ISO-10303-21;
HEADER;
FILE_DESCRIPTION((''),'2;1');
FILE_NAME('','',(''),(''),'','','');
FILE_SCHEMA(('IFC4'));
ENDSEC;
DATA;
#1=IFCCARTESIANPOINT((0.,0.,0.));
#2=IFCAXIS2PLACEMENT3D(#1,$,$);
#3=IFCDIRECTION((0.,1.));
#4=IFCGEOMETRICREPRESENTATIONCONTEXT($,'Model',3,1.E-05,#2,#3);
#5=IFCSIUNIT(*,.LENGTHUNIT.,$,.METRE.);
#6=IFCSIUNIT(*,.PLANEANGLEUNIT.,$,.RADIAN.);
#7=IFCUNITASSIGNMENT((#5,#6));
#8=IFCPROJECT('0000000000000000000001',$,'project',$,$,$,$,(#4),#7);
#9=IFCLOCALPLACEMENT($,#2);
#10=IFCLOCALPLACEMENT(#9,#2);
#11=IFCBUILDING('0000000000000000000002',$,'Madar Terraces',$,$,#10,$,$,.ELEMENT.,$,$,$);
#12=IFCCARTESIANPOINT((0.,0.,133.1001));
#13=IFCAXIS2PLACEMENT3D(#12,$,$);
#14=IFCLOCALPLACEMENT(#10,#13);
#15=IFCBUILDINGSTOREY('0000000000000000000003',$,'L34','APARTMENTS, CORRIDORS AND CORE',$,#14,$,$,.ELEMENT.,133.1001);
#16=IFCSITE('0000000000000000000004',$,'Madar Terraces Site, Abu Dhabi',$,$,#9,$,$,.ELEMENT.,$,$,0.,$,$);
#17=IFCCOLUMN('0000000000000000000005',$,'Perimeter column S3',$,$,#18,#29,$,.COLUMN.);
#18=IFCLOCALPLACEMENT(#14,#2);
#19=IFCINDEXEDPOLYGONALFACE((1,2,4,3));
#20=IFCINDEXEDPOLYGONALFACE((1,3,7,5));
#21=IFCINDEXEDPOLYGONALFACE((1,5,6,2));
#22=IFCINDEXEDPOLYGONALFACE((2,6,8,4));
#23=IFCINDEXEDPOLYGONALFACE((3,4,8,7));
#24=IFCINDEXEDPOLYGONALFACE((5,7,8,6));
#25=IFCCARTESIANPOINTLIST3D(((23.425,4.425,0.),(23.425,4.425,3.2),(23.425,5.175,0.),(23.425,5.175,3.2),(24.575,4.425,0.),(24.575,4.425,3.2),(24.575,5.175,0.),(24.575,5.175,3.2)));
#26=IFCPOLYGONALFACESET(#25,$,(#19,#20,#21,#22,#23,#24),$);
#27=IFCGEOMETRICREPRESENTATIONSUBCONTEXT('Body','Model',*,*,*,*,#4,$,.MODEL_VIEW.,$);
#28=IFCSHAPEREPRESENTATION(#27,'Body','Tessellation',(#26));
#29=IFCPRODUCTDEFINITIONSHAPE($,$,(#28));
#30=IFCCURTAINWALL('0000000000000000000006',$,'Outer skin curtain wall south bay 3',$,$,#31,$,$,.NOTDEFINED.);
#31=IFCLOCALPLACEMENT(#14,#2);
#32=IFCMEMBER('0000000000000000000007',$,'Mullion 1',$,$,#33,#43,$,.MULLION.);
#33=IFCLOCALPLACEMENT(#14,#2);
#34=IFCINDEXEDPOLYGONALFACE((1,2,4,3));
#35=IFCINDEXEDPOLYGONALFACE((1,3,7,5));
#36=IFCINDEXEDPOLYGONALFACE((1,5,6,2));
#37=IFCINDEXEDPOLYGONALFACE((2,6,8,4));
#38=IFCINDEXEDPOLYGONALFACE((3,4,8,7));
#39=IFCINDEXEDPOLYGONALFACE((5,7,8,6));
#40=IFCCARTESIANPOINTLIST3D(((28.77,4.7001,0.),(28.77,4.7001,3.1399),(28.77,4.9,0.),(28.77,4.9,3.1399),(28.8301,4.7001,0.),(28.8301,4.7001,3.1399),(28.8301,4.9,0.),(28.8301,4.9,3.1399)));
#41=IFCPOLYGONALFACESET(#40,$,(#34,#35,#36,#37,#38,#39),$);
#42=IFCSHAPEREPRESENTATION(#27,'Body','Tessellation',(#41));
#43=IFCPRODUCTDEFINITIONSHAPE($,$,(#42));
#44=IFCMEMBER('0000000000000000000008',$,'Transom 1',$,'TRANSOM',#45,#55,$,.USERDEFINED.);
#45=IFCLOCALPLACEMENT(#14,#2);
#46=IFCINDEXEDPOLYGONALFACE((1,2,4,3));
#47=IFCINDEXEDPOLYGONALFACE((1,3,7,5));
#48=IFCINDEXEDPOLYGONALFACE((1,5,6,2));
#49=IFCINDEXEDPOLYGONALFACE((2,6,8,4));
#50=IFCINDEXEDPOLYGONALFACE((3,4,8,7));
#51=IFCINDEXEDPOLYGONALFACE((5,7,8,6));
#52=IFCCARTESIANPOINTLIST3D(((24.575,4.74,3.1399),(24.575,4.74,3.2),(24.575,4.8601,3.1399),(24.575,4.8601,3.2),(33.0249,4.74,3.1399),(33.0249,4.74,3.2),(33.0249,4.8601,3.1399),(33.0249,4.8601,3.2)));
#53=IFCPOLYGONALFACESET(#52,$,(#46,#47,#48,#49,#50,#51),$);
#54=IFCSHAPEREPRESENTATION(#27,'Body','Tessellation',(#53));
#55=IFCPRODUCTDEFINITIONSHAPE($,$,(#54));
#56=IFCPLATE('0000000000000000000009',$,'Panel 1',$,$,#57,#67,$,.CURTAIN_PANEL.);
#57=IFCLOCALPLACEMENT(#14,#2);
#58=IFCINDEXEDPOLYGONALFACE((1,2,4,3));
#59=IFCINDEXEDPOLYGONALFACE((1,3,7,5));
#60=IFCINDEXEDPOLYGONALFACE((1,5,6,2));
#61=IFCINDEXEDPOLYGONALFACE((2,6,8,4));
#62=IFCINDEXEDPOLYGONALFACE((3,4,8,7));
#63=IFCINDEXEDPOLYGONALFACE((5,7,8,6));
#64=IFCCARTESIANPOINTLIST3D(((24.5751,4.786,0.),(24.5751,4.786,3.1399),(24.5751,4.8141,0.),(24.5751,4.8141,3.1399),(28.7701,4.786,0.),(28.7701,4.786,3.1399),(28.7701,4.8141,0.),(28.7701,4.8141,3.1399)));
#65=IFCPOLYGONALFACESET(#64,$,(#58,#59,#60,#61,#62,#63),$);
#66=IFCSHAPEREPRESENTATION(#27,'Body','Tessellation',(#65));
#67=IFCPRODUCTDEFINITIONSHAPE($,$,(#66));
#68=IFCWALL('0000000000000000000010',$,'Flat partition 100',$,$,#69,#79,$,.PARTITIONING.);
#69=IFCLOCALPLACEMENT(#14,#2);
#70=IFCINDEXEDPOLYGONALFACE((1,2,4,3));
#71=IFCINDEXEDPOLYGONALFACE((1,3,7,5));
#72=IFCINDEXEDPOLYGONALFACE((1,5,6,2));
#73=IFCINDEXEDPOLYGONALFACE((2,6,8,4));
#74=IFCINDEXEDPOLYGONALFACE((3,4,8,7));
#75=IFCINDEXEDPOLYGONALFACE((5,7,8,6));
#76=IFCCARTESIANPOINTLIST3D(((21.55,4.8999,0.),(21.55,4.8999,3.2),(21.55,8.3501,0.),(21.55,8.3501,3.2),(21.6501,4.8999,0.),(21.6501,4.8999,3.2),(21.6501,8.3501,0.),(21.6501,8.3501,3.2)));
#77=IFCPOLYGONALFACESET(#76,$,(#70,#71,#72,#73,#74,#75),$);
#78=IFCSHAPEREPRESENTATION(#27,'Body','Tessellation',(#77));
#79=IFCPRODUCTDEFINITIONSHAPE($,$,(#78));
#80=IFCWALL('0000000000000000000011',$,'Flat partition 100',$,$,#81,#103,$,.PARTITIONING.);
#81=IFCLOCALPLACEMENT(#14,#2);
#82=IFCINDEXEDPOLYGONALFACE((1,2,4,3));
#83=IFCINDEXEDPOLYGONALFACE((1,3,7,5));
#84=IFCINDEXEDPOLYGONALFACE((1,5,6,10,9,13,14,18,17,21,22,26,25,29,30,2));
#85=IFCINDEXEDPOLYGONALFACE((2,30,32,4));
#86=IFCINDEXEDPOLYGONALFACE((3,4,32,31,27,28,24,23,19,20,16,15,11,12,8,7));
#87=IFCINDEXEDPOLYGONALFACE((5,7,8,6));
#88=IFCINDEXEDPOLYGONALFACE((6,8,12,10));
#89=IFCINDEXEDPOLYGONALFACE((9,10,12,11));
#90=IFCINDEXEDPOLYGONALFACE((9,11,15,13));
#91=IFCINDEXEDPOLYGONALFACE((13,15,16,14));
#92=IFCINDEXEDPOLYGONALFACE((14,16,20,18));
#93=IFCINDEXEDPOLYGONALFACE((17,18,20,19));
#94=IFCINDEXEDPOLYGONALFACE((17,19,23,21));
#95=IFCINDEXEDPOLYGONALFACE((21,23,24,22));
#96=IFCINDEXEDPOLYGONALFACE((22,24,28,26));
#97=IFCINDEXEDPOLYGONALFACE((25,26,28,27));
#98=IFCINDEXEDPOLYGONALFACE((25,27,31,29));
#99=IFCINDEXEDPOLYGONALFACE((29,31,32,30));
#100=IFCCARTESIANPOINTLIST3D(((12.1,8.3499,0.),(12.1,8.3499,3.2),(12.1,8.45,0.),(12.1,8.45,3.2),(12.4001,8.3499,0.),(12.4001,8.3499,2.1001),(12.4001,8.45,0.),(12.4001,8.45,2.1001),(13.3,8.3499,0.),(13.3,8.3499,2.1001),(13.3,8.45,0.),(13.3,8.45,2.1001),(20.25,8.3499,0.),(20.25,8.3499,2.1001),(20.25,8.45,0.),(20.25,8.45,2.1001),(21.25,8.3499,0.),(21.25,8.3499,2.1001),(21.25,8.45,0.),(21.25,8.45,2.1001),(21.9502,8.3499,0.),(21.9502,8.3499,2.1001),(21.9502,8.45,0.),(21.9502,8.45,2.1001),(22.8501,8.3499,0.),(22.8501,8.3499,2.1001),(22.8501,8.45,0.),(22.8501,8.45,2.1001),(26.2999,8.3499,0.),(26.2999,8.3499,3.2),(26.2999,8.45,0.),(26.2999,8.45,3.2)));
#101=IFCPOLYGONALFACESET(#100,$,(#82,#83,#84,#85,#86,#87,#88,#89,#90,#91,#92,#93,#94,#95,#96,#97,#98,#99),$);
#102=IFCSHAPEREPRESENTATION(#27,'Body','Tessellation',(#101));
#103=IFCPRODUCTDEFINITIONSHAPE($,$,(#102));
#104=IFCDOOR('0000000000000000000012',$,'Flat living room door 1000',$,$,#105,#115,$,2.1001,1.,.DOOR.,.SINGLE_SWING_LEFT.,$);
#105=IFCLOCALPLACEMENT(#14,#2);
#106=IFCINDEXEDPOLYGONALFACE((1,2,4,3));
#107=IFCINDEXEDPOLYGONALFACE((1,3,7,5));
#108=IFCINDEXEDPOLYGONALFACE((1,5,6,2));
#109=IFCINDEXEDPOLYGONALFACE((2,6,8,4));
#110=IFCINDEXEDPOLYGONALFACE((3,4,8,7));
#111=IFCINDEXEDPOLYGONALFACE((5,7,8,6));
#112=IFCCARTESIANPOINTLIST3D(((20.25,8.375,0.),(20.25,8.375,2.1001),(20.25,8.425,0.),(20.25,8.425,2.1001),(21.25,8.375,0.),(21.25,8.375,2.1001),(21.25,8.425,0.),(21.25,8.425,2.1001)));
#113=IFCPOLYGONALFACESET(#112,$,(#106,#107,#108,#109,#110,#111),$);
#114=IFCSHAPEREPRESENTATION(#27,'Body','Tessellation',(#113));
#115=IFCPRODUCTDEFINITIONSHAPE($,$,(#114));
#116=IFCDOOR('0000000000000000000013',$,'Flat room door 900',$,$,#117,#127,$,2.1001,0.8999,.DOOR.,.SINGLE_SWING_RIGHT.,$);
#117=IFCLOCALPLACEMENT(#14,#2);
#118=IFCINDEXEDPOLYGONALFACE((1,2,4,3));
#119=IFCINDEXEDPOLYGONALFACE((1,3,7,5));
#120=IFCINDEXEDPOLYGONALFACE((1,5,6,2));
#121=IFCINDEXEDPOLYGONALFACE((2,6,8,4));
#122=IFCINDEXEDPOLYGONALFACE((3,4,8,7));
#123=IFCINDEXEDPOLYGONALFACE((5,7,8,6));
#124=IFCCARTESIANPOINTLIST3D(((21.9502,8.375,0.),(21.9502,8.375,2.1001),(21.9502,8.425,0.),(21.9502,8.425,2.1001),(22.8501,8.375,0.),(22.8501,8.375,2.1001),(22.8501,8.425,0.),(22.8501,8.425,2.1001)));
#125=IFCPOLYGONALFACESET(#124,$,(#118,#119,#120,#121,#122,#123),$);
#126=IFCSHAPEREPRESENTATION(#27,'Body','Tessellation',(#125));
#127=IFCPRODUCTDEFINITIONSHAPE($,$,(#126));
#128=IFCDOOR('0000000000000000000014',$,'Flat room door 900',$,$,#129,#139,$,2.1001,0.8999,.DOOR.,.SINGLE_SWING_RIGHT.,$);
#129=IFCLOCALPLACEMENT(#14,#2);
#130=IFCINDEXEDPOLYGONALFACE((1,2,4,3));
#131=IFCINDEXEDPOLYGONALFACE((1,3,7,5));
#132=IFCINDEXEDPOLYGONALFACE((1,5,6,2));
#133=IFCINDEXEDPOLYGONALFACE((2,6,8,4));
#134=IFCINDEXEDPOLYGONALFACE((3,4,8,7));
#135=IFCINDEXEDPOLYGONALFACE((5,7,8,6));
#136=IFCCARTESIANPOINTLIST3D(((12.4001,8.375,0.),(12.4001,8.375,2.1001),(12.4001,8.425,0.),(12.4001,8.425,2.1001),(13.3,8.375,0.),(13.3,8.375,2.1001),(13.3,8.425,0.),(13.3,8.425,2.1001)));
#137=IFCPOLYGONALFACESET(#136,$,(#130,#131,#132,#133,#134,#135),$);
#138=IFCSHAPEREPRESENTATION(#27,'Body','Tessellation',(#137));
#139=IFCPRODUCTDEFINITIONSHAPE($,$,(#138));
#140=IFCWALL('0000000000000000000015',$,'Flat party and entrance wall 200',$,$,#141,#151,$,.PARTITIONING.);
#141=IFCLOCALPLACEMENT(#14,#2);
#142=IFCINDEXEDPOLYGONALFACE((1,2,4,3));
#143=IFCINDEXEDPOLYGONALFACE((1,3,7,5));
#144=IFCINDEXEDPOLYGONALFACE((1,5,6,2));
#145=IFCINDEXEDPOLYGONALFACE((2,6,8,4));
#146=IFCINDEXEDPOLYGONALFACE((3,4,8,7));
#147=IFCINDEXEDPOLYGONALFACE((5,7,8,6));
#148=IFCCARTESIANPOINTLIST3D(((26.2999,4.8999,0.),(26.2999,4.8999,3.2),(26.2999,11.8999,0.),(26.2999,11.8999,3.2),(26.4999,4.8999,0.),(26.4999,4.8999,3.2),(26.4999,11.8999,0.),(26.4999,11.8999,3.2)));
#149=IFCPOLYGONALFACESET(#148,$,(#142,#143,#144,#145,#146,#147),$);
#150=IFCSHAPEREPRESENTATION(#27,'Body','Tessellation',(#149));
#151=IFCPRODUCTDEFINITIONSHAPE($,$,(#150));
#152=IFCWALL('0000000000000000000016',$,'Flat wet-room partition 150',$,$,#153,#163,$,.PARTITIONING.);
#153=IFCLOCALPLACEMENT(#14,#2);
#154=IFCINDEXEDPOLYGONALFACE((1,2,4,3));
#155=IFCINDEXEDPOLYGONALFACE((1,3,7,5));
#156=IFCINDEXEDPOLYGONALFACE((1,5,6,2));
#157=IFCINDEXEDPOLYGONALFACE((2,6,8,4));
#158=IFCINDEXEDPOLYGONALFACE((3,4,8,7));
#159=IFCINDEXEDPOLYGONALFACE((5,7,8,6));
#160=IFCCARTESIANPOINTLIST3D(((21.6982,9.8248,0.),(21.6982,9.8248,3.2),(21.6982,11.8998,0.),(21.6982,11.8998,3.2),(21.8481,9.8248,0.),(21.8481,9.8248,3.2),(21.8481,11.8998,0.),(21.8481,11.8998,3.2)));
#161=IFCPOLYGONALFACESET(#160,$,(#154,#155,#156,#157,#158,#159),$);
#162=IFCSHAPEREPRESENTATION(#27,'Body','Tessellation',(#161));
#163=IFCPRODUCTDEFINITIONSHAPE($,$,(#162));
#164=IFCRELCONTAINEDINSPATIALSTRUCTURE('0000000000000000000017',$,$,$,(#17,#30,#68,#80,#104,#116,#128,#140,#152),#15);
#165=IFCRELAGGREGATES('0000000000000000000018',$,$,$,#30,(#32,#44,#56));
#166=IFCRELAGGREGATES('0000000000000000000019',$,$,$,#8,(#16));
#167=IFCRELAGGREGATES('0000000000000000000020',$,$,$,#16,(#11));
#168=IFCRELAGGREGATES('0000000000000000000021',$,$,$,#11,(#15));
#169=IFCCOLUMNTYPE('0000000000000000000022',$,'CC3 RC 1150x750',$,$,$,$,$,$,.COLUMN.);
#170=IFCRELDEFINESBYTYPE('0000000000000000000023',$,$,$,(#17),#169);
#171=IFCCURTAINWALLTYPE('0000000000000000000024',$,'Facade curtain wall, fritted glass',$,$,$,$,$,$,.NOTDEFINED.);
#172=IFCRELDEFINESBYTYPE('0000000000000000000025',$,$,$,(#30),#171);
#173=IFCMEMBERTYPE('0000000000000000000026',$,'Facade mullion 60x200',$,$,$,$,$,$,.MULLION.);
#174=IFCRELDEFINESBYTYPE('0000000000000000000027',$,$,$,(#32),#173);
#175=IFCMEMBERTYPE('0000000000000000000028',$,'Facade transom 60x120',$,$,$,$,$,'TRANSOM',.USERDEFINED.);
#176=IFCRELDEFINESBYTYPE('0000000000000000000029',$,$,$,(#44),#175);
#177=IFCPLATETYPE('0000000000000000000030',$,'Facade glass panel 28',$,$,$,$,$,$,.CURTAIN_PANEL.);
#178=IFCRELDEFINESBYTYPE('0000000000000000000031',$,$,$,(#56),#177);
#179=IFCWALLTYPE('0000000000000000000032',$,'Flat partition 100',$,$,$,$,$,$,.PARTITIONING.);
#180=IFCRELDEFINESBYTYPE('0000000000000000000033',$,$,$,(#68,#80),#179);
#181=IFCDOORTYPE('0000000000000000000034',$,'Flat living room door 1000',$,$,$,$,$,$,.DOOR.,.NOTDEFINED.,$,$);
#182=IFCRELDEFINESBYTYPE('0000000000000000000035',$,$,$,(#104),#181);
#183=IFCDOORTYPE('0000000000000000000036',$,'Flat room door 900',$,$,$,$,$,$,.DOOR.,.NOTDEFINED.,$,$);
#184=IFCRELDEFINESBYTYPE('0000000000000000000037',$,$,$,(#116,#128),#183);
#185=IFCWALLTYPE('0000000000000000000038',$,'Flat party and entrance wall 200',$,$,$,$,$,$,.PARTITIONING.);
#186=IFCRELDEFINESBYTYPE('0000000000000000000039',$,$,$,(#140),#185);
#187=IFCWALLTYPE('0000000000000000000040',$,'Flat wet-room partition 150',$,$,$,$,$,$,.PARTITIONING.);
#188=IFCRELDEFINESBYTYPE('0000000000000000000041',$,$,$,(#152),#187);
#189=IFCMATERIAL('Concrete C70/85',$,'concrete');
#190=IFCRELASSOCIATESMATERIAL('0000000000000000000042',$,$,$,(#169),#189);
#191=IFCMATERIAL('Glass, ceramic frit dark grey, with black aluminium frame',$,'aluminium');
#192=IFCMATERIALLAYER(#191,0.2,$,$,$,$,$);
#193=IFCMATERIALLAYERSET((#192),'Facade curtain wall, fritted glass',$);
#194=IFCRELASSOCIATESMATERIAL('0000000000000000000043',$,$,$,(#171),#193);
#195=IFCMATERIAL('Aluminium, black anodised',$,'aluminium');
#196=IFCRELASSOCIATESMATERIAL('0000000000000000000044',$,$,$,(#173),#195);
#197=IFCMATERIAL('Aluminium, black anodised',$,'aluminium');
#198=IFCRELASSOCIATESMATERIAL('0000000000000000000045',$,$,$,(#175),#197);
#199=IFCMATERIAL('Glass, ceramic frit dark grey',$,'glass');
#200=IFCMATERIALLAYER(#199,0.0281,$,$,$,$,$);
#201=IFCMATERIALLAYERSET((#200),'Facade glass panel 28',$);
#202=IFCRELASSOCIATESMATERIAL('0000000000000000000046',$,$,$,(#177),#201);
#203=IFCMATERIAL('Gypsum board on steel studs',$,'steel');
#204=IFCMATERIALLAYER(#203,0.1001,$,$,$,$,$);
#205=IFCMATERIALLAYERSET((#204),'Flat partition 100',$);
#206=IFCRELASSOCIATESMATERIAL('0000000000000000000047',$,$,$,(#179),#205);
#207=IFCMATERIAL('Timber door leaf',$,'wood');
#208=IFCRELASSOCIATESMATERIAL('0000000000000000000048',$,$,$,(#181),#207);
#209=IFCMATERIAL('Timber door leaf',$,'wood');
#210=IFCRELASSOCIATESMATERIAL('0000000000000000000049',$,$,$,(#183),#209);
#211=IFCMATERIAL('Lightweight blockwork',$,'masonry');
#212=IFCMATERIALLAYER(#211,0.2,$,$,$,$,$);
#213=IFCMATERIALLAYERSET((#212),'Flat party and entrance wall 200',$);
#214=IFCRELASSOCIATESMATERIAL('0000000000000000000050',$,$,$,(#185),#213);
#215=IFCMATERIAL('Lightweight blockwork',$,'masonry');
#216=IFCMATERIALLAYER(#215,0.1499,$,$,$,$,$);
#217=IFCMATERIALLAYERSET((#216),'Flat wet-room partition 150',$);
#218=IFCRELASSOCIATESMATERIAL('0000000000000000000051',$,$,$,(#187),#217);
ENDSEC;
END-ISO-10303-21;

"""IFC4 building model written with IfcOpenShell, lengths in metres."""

from ifc_helpers import new_model, si_unit, direction, frame, frame_2d, origin, origin_2d, place, context, subcontext, project, spatial, rectangle, extrude, material, layer, layer_set, material_profile, profile_set, type_object, element, fill, aggregate, save


model = new_model("IFC4")

# Units and contexts
model_context = context("Model", 3, precision=1e-05, world=origin(), true_north=direction((0.0, 1.0)))
body_context = subcontext(model_context, "Body", "Model", "MODEL_VIEW")
ifc_project = project(units=[si_unit("LENGTHUNIT", "METRE"), si_unit("PLANEANGLEUNIT", "RADIAN")], contexts=[model_context])

# Site, building, storey
site_placement = place(None, origin())
site = spatial("IfcSite", under=ifc_project, at=site_placement, Name="Madar Terraces Site, Abu Dhabi", CompositionType="ELEMENT", RefElevation=0.0)
building_placement = place(site_placement, origin())
building = spatial("IfcBuilding", under=site, at=building_placement, Name="Madar Terraces", CompositionType="ELEMENT")
storey_placement = place(building_placement, frame((0.0, 0.0, 133.1001)))
storey = spatial("IfcBuildingStorey", under=building, at=storey_placement, Name="L34", Description="APARTMENTS, CORRIDORS AND CORE", CompositionType="ELEMENT", Elevation=133.1001)

# Column
ifc_material_1 = material(Name="Concrete C70/85", Category="concrete")
ifc_material_profile_1 = material_profile(ifc_material_1, rectangle(XDim=1.1499, YDim=0.75, at=origin_2d()), Name="CC3 RC 1150x750")
ifc_profile_set_1 = profile_set([ifc_material_profile_1], Name="Concrete C70/85")
column_type = type_object("IfcColumnType", Name="CC3 RC 1150x750", PredefinedType="COLUMN", material=ifc_profile_set_1)
column_placement = place(storey_placement, frame((24.0, 4.8, 0.0), z_axis=(0.0, 0.0, 1.0), x_axis=(1.0, 0.0, 0.0)))
element("IfcColumn", 1, at=column_placement, inside=storey, type_object=column_type, Name="Perimeter column S3", PredefinedType="COLUMN", context=body_context, shape_type="SweptSolid", body=[
    extrude(rectangle(XDim=1.1499, YDim=0.75, at=origin_2d()), origin(), (0.0, 0.0, 1.0), 3.2),
])

# Curtain wall, members, plate
ifc_material_2 = material(Name="Glass, ceramic frit dark grey, with black aluminium frame", Category="aluminium")
ifc_layer_1 = layer(ifc_material_2, 0.2)
ifc_layer_set_1 = layer_set([ifc_layer_1], Name="Facade curtain wall, fritted glass")
curtain_wall_type = type_object("IfcCurtainWallType", Name="Facade curtain wall, fritted glass", PredefinedType="NOTDEFINED", material=ifc_layer_set_1)
curtain_wall_placement = place(storey_placement, origin())
curtain_wall = element("IfcCurtainWall", 2, at=curtain_wall_placement, inside=storey, type_object=curtain_wall_type, Name="Outer skin curtain wall south bay 3", PredefinedType="NOTDEFINED")
ifc_material_3 = material(Name="Aluminium, black anodised", Category="aluminium")
ifc_material_profile_2 = material_profile(ifc_material_3, rectangle(XDim=0.2, YDim=0.0601, at=origin_2d()), Name="Facade mullion 60x200")
ifc_profile_set_2 = profile_set([ifc_material_profile_2], Name="Aluminium, black anodised")
member_type_1 = type_object("IfcMemberType", Name="Facade mullion 60x200", PredefinedType="MULLION", material=ifc_profile_set_2)
member_1_placement = place(storey_placement, frame((28.8, 4.8, 0.0), z_axis=(0.0, 0.0, 1.0), x_axis=(0.0, 1.0, 0.0)))
member_1 = element("IfcMember", 3, at=member_1_placement, type_object=member_type_1, Name="Mullion 1", PredefinedType="MULLION", context=body_context, shape_type="SweptSolid", body=[
    extrude(rectangle(XDim=0.2, YDim=0.0601, at=origin_2d()), origin(), (0.0, 0.0, 1.0), 3.1399),
])
ifc_material_4 = material(Name="Aluminium, black anodised", Category="aluminium")
ifc_material_profile_3 = material_profile(ifc_material_4, rectangle(XDim=0.1201, YDim=0.0601, at=origin_2d()), Name="Facade transom 60x120")
ifc_profile_set_3 = profile_set([ifc_material_profile_3], Name="Aluminium, black anodised")
member_type_2 = type_object("IfcMemberType", Name="Facade transom 60x120", ElementType="TRANSOM", PredefinedType="USERDEFINED", material=ifc_profile_set_3)
member_2_placement = place(storey_placement, frame((24.575, 4.8, 3.1699), z_axis=(1.0, 0.0, 0.0), x_axis=(0.0, 1.0, 0.0)))
member_2 = element("IfcMember", 4, at=member_2_placement, type_object=member_type_2, Name="Transom 1", ObjectType="TRANSOM", PredefinedType="USERDEFINED", context=body_context, shape_type="SweptSolid", body=[
    extrude(rectangle(XDim=0.1201, YDim=0.0601, at=origin_2d()), origin(), (0.0, 0.0, 1.0), 8.45),
])
ifc_material_5 = material(Name="Glass, ceramic frit dark grey", Category="glass")
ifc_layer_2 = layer(ifc_material_5, 0.0281)
ifc_layer_set_2 = layer_set([ifc_layer_2], Name="Facade glass panel 28")
plate_type = type_object("IfcPlateType", Name="Facade glass panel 28", PredefinedType="CURTAIN_PANEL", material=ifc_layer_set_2)
plate_placement = place(storey_placement, frame((26.6726, 4.8, 0.0), z_axis=(0.0, 0.0, 1.0), x_axis=(1.0, 0.0, 0.0)))
plate = element("IfcPlate", 5, at=plate_placement, type_object=plate_type, Name="Panel 1", PredefinedType="CURTAIN_PANEL", context=body_context, shape_type="SweptSolid", body=[
    extrude(rectangle(XDim=4.1951, YDim=0.0281, at=origin_2d()), origin(), (0.0, 0.0, 1.0), 3.1399),
])
aggregate(curtain_wall, [member_1, member_2, plate])

# Wall
ifc_material_6 = material(Name="Gypsum board on steel studs", Category="steel")
ifc_layer_3 = layer(ifc_material_6, 0.1001)
ifc_layer_set_3 = layer_set([ifc_layer_3], Name="Flat partition 100")
wall_type_1 = type_object("IfcWallType", Name="Flat partition 100", PredefinedType="PARTITIONING", material=ifc_layer_set_3)
wall_1_placement = place(storey_placement, frame((21.6001, 8.3501, 0.0), z_axis=(0.0, 0.0, 1.0), x_axis=(0.0, -1.0, 0.0)))
element("IfcWall", 6, at=wall_1_placement, inside=storey, type_object=wall_type_1, Name="Flat partition 100", PredefinedType="PARTITIONING", context=body_context, shape_type="SweptSolid", body=[
    extrude(rectangle(XDim=3.4502, YDim=0.1001, at=frame_2d((1.7251, 0.0))), origin(), (0.0, 0.0, 1.0), 3.2),
])

# Wall, openings, doors
wall_2_placement = place(storey_placement, frame((26.3, 8.3999, 0.0), z_axis=(0.0, 0.0, 1.0), x_axis=(-1.0, 0.0, 0.0)))
wall_2 = element("IfcWall", 7, at=wall_2_placement, inside=storey, type_object=wall_type_1, Name="Flat partition 100", PredefinedType="PARTITIONING", context=body_context, shape_type="SweptSolid", body=[
    extrude(rectangle(XDim=14.2, YDim=0.1001, at=frame_2d((7.1001, 0.0))), origin(), (0.0, 0.0, 1.0), 3.2),
])
opening_1_placement = place(wall_2_placement, frame((3.45, 0.0, 0.0)))
opening_1 = element("IfcOpeningElement", 8, at=opening_1_placement, cuts=wall_2, PredefinedType="OPENING", context=body_context, shape_type="SweptSolid", body=[
    extrude(rectangle(XDim=0.8999, YDim=2.1001, at=frame_2d((0.45, 1.05))), frame((0.0, 0.0601, 0.0), z_axis=(0.0, -1.0, 0.0), x_axis=(1.0, 0.0, 0.0)), (0.0, 0.0, 1.0), 0.1201),
])
opening_2_placement = place(wall_2_placement, frame((5.05, 0.0, 0.0)))
opening_2 = element("IfcOpeningElement", 9, at=opening_2_placement, cuts=wall_2, PredefinedType="OPENING", context=body_context, shape_type="SweptSolid", body=[
    extrude(rectangle(XDim=1.0, YDim=2.1001, at=frame_2d((0.5, 1.05))), frame((0.0, 0.0601, 0.0), z_axis=(0.0, -1.0, 0.0), x_axis=(1.0, 0.0, 0.0)), (0.0, 0.0, 1.0), 0.1201),
])
opening_3_placement = place(wall_2_placement, frame((13.0, 0.0, 0.0)))
opening_3 = element("IfcOpeningElement", 10, at=opening_3_placement, cuts=wall_2, PredefinedType="OPENING", context=body_context, shape_type="SweptSolid", body=[
    extrude(rectangle(XDim=0.8999, YDim=2.1001, at=frame_2d((0.45, 1.05))), frame((0.0, 0.0601, 0.0), z_axis=(0.0, -1.0, 0.0), x_axis=(1.0, 0.0, 0.0)), (0.0, 0.0, 1.0), 0.1201),
])
ifc_material_7 = material(Name="Timber door leaf", Category="wood")
door_type_1 = type_object("IfcDoorType", Name="Flat living room door 1000", OperationType="NOTDEFINED", PredefinedType="DOOR", material=ifc_material_7)
door_1_placement = place(opening_2_placement, origin())
door_1 = element("IfcDoor", 11, at=door_1_placement, inside=storey, type_object=door_type_1, Name="Flat living room door 1000", OperationType="SINGLE_SWING_LEFT", OverallHeight=2.1001, OverallWidth=1.0, PredefinedType="DOOR", context=body_context, shape_type="SweptSolid", body=[
    extrude(rectangle(XDim=1.0, YDim=2.1001, at=frame_2d((0.5, 1.05))), frame((0.0, 0.0249, 0.0), z_axis=(0.0, -1.0, 0.0), x_axis=(1.0, 0.0, 0.0)), (0.0, 0.0, 1.0), 0.05),
])
fill(opening_2, door_1)
ifc_material_8 = material(Name="Timber door leaf", Category="wood")
door_type_2 = type_object("IfcDoorType", Name="Flat room door 900", OperationType="NOTDEFINED", PredefinedType="DOOR", material=ifc_material_8)
door_2_placement = place(opening_1_placement, origin())
door_2 = element("IfcDoor", 12, at=door_2_placement, inside=storey, type_object=door_type_2, Name="Flat room door 900", OperationType="SINGLE_SWING_RIGHT", OverallHeight=2.1001, OverallWidth=0.8999, PredefinedType="DOOR", context=body_context, shape_type="SweptSolid", body=[
    extrude(rectangle(XDim=0.8999, YDim=2.1001, at=frame_2d((0.45, 1.05))), frame((0.0, 0.0249, 0.0), z_axis=(0.0, -1.0, 0.0), x_axis=(1.0, 0.0, 0.0)), (0.0, 0.0, 1.0), 0.05),
])
fill(opening_1, door_2)
door_3_placement = place(opening_3_placement, origin())
door_3 = element("IfcDoor", 13, at=door_3_placement, inside=storey, type_object=door_type_2, Name="Flat room door 900", OperationType="SINGLE_SWING_RIGHT", OverallHeight=2.1001, OverallWidth=0.8999, PredefinedType="DOOR", context=body_context, shape_type="SweptSolid", body=[
    extrude(rectangle(XDim=0.8999, YDim=2.1001, at=frame_2d((0.45, 1.05))), frame((0.0, 0.0249, 0.0), z_axis=(0.0, -1.0, 0.0), x_axis=(1.0, 0.0, 0.0)), (0.0, 0.0, 1.0), 0.05),
])
fill(opening_3, door_3)

# Walls
ifc_material_9 = material(Name="Lightweight blockwork", Category="masonry")
ifc_layer_4 = layer(ifc_material_9, 0.2)
ifc_layer_set_4 = layer_set([ifc_layer_4], Name="Flat party and entrance wall 200")
wall_type_2 = type_object("IfcWallType", Name="Flat party and entrance wall 200", PredefinedType="PARTITIONING", material=ifc_layer_set_4)
wall_3_placement = place(storey_placement, frame((26.3999, 11.8999, 0.0), z_axis=(0.0, 0.0, 1.0), x_axis=(0.0, -1.0, 0.0)))
element("IfcWall", 14, at=wall_3_placement, inside=storey, type_object=wall_type_2, Name="Flat party and entrance wall 200", PredefinedType="PARTITIONING", context=body_context, shape_type="SweptSolid", body=[
    extrude(rectangle(XDim=7.0, YDim=0.2, at=frame_2d((3.5, 0.0))), origin(), (0.0, 0.0, 1.0), 3.2),
])
ifc_material_10 = material(Name="Lightweight blockwork", Category="masonry")
ifc_layer_5 = layer(ifc_material_10, 0.1499)
ifc_layer_set_5 = layer_set([ifc_layer_5], Name="Flat wet-room partition 150")
wall_type_3 = type_object("IfcWallType", Name="Flat wet-room partition 150", PredefinedType="PARTITIONING", material=ifc_layer_set_5)
wall_4_placement = place(storey_placement, frame((21.7732, 11.8999, 0.0), z_axis=(0.0, 0.0, 1.0), x_axis=(0.0, -1.0, 0.0)))
element("IfcWall", 15, at=wall_4_placement, inside=storey, type_object=wall_type_3, Name="Flat wet-room partition 150", PredefinedType="PARTITIONING", context=body_context, shape_type="SweptSolid", body=[
    extrude(rectangle(XDim=2.075, YDim=0.1499, at=frame_2d((1.0376, 0.0))), origin(), (0.0, 0.0, 1.0), 3.2),
])

save(model, "model.ifc")
